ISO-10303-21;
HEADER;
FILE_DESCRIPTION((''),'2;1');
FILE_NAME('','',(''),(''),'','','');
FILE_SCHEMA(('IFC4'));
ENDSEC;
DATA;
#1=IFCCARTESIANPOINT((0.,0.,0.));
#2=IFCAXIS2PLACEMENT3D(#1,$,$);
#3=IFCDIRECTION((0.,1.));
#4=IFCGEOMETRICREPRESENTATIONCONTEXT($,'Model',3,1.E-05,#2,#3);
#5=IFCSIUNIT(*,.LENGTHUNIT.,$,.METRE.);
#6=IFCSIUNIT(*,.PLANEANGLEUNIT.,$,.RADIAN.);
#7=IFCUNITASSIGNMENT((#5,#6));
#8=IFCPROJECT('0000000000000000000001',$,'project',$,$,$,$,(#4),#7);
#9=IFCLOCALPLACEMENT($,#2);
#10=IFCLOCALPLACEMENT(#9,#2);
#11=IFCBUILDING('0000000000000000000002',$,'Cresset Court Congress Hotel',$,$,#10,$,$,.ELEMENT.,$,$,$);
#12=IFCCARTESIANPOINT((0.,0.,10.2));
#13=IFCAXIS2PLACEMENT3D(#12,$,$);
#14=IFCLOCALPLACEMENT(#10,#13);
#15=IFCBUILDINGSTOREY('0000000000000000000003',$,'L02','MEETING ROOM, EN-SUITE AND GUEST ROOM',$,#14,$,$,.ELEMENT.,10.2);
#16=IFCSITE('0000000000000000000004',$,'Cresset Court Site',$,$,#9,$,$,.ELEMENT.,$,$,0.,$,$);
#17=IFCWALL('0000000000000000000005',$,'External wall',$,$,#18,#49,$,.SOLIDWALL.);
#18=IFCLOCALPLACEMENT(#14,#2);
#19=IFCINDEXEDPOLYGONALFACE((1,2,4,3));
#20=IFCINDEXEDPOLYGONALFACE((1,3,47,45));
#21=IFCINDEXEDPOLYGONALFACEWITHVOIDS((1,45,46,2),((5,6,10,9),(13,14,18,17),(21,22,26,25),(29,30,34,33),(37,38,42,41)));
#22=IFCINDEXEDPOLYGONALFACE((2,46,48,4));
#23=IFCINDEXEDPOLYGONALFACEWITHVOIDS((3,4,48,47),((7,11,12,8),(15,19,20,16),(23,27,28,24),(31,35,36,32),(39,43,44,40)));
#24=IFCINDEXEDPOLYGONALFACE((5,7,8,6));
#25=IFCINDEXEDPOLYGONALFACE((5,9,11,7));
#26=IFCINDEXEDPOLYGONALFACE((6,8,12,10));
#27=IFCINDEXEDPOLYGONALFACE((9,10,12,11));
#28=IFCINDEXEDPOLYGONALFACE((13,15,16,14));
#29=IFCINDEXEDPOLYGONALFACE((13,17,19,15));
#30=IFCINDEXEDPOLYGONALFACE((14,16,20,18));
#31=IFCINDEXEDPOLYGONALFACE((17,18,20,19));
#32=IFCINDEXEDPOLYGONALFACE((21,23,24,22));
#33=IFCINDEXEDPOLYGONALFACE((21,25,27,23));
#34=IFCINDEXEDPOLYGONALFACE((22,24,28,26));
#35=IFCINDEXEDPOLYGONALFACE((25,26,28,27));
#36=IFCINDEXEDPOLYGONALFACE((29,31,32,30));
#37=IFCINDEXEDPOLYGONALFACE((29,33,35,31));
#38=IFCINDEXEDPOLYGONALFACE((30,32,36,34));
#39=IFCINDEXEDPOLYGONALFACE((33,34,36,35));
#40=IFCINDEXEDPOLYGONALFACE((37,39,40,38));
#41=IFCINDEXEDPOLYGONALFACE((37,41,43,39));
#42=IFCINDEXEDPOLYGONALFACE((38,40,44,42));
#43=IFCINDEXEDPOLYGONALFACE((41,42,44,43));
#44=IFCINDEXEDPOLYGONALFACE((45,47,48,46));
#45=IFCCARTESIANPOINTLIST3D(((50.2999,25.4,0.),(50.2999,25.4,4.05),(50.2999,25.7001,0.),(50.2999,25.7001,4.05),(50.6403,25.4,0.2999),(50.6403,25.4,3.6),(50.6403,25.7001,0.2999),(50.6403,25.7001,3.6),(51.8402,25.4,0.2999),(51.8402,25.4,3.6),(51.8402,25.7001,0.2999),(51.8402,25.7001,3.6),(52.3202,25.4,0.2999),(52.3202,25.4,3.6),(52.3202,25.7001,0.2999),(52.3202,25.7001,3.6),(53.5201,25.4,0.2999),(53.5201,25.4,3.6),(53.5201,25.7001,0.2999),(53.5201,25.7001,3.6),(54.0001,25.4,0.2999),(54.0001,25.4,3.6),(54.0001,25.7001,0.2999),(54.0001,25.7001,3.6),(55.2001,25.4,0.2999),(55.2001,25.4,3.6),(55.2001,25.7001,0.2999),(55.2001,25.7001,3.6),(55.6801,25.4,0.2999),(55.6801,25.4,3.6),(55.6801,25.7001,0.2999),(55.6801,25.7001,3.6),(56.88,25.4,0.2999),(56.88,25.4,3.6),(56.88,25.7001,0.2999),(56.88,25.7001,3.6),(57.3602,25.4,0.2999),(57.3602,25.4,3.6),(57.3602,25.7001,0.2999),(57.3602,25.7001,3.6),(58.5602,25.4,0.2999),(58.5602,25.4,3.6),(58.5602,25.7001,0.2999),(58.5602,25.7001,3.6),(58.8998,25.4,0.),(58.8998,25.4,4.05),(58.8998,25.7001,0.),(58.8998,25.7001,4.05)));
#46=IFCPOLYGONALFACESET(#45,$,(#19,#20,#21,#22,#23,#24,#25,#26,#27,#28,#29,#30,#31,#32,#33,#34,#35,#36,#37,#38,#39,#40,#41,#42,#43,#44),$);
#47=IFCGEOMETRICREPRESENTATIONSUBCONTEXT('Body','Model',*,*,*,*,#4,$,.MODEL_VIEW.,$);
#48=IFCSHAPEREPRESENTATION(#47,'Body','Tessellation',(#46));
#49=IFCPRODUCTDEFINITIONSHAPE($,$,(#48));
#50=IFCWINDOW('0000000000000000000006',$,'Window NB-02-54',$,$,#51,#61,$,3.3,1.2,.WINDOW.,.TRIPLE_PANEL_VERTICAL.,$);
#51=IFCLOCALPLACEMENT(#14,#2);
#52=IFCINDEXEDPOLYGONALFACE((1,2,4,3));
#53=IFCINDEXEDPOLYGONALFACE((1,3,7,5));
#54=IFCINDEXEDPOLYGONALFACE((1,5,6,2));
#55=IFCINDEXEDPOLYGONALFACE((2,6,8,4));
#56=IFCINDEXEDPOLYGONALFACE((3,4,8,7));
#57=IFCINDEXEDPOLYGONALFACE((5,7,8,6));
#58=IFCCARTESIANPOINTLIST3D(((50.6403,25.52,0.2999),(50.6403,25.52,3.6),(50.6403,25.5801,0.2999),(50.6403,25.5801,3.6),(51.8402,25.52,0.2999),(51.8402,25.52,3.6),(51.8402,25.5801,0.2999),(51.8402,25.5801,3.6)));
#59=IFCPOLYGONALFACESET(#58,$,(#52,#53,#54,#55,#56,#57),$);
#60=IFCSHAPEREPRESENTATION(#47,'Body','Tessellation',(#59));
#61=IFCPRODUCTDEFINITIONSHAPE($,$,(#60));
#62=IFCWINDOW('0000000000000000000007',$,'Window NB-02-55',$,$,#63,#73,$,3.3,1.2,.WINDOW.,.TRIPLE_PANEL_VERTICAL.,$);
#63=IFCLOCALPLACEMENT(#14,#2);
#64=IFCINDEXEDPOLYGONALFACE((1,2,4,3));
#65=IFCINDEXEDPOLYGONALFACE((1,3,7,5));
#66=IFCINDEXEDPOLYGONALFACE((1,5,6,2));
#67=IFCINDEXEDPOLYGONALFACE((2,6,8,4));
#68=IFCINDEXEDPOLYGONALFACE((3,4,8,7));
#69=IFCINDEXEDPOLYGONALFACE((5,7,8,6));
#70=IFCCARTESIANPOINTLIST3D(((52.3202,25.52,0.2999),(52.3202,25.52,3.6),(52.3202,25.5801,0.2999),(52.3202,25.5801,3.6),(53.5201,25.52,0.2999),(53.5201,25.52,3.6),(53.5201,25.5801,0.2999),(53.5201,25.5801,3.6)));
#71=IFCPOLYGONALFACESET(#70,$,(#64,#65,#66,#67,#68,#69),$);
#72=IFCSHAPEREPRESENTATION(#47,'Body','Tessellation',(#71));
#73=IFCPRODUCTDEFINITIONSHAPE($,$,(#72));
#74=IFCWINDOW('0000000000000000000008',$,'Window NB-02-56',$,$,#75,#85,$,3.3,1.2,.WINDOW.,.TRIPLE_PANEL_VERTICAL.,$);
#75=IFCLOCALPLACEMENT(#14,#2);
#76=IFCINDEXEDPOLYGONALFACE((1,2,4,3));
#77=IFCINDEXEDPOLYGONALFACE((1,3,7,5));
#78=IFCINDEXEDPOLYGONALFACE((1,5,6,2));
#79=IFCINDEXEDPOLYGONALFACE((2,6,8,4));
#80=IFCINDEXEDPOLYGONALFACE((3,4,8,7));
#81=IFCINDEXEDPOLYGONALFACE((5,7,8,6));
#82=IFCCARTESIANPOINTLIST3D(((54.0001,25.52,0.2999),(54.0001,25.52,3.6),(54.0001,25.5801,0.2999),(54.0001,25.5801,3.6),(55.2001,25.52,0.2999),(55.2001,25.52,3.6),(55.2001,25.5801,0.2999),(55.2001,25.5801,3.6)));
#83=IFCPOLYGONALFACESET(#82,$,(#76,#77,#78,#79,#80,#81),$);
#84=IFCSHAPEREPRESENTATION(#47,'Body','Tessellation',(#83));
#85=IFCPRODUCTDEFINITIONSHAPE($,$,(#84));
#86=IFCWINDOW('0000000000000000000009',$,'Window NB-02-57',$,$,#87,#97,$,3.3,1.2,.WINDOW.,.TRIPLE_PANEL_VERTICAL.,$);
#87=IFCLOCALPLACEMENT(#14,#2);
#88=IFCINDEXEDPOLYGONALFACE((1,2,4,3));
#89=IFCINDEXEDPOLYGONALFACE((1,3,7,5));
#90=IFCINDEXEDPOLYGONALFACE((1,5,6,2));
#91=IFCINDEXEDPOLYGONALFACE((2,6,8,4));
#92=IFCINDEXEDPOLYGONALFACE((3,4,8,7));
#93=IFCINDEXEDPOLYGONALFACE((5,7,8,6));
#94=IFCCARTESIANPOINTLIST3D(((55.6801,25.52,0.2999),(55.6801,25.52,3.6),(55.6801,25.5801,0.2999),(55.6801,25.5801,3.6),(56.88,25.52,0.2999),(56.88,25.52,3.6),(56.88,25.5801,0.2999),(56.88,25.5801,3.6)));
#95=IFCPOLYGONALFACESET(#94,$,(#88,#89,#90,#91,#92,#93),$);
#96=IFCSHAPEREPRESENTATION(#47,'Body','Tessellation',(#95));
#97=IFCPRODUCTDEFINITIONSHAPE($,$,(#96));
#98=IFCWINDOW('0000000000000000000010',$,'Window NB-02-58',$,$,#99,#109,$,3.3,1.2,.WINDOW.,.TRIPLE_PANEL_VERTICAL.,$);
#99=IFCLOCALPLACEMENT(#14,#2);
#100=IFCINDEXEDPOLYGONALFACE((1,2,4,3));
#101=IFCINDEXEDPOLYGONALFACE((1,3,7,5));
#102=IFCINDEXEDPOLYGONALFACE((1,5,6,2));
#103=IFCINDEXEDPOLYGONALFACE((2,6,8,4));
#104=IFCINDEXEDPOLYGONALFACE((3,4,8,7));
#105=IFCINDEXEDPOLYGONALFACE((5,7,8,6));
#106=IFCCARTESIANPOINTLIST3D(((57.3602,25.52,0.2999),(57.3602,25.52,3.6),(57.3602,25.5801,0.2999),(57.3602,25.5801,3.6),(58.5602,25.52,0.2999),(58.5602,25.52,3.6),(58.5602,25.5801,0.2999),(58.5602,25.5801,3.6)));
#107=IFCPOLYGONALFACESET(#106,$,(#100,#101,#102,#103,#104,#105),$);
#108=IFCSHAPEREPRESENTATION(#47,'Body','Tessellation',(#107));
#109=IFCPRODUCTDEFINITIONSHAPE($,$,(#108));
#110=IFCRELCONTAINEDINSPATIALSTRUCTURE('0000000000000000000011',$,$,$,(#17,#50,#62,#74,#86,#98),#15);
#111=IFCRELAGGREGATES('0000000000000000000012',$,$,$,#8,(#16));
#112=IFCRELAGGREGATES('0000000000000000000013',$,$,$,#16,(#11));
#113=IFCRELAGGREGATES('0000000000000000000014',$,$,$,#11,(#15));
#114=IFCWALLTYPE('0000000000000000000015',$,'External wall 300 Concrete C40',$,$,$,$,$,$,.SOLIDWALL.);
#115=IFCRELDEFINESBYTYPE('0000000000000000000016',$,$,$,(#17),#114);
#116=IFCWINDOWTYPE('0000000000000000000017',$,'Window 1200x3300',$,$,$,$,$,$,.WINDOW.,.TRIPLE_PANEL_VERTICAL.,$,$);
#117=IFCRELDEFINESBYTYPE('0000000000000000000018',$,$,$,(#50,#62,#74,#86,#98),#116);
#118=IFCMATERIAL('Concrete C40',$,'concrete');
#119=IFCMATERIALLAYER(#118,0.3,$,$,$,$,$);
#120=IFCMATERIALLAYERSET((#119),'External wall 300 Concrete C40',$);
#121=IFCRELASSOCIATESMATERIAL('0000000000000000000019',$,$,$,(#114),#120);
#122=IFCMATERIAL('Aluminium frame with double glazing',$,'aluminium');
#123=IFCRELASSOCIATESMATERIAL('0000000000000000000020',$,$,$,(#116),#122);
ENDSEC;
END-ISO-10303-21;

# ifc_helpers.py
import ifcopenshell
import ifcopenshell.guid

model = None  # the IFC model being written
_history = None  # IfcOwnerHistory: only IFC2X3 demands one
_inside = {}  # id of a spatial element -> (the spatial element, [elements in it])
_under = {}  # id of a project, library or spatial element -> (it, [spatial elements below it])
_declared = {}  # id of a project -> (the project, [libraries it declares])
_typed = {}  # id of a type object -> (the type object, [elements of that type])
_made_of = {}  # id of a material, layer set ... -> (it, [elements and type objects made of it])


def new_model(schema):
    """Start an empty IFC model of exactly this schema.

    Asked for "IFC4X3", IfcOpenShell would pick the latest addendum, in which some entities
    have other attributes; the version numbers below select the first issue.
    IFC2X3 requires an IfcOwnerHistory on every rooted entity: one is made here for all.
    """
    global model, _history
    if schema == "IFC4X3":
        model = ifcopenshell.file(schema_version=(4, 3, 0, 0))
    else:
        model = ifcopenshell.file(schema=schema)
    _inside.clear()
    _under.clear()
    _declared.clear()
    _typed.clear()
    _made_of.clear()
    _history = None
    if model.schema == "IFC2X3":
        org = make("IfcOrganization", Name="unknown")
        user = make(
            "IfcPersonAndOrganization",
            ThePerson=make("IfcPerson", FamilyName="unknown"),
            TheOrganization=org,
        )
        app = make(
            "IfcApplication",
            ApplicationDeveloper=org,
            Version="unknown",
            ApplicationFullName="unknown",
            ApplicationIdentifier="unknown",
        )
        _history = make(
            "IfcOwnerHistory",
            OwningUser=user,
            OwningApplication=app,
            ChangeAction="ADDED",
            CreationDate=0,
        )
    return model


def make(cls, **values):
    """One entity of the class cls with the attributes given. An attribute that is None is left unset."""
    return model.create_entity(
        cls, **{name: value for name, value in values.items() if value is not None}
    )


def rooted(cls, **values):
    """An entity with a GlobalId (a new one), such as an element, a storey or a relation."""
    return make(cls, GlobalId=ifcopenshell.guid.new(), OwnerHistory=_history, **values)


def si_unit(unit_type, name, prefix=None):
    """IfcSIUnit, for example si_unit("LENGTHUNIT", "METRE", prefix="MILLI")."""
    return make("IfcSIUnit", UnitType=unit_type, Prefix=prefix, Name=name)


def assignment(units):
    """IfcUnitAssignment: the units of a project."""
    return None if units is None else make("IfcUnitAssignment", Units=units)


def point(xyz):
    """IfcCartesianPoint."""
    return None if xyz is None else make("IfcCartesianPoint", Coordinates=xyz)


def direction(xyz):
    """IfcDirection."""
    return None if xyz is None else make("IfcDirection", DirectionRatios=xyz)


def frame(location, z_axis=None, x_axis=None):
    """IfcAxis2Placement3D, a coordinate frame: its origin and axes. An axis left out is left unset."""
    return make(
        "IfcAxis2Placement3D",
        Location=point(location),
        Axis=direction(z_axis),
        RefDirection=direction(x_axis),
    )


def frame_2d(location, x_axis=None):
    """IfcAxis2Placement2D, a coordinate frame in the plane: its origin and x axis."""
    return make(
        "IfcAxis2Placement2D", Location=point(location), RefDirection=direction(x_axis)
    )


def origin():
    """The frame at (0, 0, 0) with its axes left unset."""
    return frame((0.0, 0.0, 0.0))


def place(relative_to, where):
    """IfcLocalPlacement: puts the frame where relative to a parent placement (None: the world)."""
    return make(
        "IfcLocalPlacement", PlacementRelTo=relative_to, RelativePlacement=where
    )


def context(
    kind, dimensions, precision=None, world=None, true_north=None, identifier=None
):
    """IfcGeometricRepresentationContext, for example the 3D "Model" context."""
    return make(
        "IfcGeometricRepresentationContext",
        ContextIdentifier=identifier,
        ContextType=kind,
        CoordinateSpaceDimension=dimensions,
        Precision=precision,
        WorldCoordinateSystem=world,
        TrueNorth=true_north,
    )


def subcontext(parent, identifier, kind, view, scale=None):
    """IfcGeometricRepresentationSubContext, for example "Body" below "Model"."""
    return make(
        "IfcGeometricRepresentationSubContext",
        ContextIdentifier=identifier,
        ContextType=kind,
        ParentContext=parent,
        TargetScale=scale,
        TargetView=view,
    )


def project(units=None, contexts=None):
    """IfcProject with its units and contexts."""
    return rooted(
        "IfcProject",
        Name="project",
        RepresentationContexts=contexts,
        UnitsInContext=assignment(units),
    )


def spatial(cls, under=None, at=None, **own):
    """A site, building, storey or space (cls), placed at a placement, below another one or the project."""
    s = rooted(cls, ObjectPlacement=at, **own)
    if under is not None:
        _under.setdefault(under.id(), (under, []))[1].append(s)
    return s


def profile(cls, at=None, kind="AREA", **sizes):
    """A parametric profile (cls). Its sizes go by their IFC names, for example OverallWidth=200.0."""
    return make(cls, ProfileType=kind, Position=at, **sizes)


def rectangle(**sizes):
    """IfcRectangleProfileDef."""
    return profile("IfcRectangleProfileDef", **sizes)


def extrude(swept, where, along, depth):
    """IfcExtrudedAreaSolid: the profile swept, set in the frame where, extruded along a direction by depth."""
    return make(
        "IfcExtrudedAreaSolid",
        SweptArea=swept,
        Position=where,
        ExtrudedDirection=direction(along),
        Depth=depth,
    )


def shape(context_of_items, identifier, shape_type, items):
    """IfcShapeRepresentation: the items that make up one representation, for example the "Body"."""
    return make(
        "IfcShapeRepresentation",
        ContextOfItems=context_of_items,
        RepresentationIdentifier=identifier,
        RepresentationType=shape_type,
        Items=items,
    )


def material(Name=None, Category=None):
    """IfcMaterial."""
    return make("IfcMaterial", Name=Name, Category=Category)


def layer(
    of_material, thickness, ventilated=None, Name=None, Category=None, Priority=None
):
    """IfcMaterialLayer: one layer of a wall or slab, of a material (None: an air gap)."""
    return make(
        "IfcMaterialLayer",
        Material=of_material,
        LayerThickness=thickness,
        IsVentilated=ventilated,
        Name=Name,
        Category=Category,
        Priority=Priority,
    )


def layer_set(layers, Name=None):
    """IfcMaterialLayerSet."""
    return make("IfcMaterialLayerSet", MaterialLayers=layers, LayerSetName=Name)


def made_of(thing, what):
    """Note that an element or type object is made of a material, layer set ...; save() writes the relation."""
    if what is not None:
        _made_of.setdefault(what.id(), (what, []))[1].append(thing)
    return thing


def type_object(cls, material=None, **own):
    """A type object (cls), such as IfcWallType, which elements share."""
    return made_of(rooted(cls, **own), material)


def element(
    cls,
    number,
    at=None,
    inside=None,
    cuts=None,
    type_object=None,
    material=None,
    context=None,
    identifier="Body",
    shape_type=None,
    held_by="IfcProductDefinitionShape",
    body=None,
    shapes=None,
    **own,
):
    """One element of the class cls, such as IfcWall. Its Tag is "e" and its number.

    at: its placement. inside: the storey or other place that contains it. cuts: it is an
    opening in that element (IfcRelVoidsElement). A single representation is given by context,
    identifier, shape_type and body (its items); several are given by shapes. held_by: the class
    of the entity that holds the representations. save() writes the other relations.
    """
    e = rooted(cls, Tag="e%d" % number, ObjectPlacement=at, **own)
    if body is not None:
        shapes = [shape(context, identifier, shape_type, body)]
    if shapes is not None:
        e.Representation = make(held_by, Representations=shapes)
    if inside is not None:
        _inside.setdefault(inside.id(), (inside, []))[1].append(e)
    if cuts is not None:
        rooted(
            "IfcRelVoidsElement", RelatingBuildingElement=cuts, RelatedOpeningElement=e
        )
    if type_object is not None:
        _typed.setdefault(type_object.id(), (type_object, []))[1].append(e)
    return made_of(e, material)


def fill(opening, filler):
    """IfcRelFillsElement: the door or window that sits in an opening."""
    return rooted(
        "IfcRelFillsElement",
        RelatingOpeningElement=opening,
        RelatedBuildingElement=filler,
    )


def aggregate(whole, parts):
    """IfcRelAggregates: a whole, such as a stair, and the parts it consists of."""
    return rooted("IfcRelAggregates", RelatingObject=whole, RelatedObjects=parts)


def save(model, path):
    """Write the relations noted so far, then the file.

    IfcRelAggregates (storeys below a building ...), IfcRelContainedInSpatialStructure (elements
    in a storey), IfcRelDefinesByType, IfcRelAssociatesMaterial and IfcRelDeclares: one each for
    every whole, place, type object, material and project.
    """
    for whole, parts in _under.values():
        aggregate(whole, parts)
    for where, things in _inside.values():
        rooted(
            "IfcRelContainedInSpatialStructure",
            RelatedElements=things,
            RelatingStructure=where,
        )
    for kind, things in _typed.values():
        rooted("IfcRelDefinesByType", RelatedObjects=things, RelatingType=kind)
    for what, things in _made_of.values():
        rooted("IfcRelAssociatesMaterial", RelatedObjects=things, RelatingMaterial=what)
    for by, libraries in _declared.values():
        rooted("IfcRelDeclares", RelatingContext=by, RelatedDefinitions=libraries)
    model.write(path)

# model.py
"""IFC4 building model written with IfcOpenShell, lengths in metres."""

from ifc_helpers import new_model, si_unit, direction, frame, frame_2d, origin, place, context, subcontext, project, spatial, rectangle, extrude, material, layer, layer_set, type_object, element, fill, save


model = new_model("IFC4")

# Units and contexts
model_context = context("Model", 3, precision=1e-05, world=origin(), true_north=direction((0.0, 1.0)))
body_context = subcontext(model_context, "Body", "Model", "MODEL_VIEW")
ifc_project = project(units=[si_unit("LENGTHUNIT", "METRE"), si_unit("PLANEANGLEUNIT", "RADIAN")], contexts=[model_context])

# Site, building, storey
site_placement = place(None, origin())
site = spatial("IfcSite", under=ifc_project, at=site_placement, Name="Cresset Court Site", CompositionType="ELEMENT", RefElevation=0.0)
building_placement = place(site_placement, origin())
building = spatial("IfcBuilding", under=site, at=building_placement, Name="Cresset Court Congress Hotel", CompositionType="ELEMENT")
storey_placement = place(building_placement, frame((0.0, 0.0, 10.2)))
storey = spatial("IfcBuildingStorey", under=building, at=storey_placement, Name="L02", Description="MEETING ROOM, EN-SUITE AND GUEST ROOM", CompositionType="ELEMENT", Elevation=10.2)

# Wall, openings, windows
ifc_material_1 = material(Name="Concrete C40", Category="concrete")
ifc_layer_1 = layer(ifc_material_1, 0.3)
ifc_layer_set_1 = layer_set([ifc_layer_1], Name="External wall 300 Concrete C40")
wall_type_1 = type_object("IfcWallType", Name="External wall 300 Concrete C40", PredefinedType="SOLIDWALL", material=ifc_layer_set_1)
wall_placement = place(storey_placement, frame((50.3, 25.55, 0.0), z_axis=(0.0, 0.0, 1.0), x_axis=(1.0, 0.0, 0.0)))
wall = element("IfcWall", 1, at=wall_placement, inside=storey, type_object=wall_type_1, Name="External wall", PredefinedType="SOLIDWALL", context=body_context, shape_type="SweptSolid", body=[
    extrude(rectangle(XDim=8.5999, YDim=0.3, at=frame_2d((4.2998, 0.0))), origin(), (0.0, 0.0, 1.0), 4.05),
])
opening_1_placement = place(wall_placement, frame((0.3401, 0.0, 0.3)))
opening_1 = element("IfcOpeningElement", 2, at=opening_1_placement, cuts=wall, PredefinedType="OPENING", context=body_context, shape_type="SweptSolid", body=[
    extrude(rectangle(XDim=1.2, YDim=3.3, at=frame_2d((0.6001, 1.6499))), frame((0.0, 0.1599, 0.0), z_axis=(0.0, -1.0, 0.0), x_axis=(1.0, 0.0, 0.0)), (0.0, 0.0, 1.0), 0.3201),
])
opening_2_placement = place(wall_placement, frame((2.02, 0.0, 0.3)))
opening_2 = element("IfcOpeningElement", 3, at=opening_2_placement, cuts=wall, PredefinedType="OPENING", context=body_context, shape_type="SweptSolid", body=[
    extrude(rectangle(XDim=1.2, YDim=3.3, at=frame_2d((0.6001, 1.6499))), frame((0.0, 0.1599, 0.0), z_axis=(0.0, -1.0, 0.0), x_axis=(1.0, 0.0, 0.0)), (0.0, 0.0, 1.0), 0.3201),
])
opening_3_placement = place(wall_placement, frame((3.7, 0.0, 0.3)))
opening_3 = element("IfcOpeningElement", 4, at=opening_3_placement, cuts=wall, PredefinedType="OPENING", context=body_context, shape_type="SweptSolid", body=[
    extrude(rectangle(XDim=1.2, YDim=3.3, at=frame_2d((0.6001, 1.6499))), frame((0.0, 0.1599, 0.0), z_axis=(0.0, -1.0, 0.0), x_axis=(1.0, 0.0, 0.0)), (0.0, 0.0, 1.0), 0.3201),
])
opening_4_placement = place(wall_placement, frame((5.3799, 0.0, 0.3)))
opening_4 = element("IfcOpeningElement", 5, at=opening_4_placement, cuts=wall, PredefinedType="OPENING", context=body_context, shape_type="SweptSolid", body=[
    extrude(rectangle(XDim=1.2, YDim=3.3, at=frame_2d((0.6001, 1.6499))), frame((0.0, 0.1599, 0.0), z_axis=(0.0, -1.0, 0.0), x_axis=(1.0, 0.0, 0.0)), (0.0, 0.0, 1.0), 0.3201),
])
opening_5_placement = place(wall_placement, frame((7.0601, 0.0, 0.3)))
opening_5 = element("IfcOpeningElement", 6, at=opening_5_placement, cuts=wall, PredefinedType="OPENING", context=body_context, shape_type="SweptSolid", body=[
    extrude(rectangle(XDim=1.2, YDim=3.3, at=frame_2d((0.6001, 1.6499))), frame((0.0, 0.1599, 0.0), z_axis=(0.0, -1.0, 0.0), x_axis=(1.0, 0.0, 0.0)), (0.0, 0.0, 1.0), 0.3201),
])
ifc_material_2 = material(Name="Aluminium frame with double glazing", Category="aluminium")
window_type = type_object("IfcWindowType", Name="Window 1200x3300", PartitioningType="TRIPLE_PANEL_VERTICAL", PredefinedType="WINDOW", material=ifc_material_2)
window_1_placement = place(opening_1_placement, origin())
window_1 = element("IfcWindow", 7, at=window_1_placement, inside=storey, type_object=window_type, Name="Window NB-02-54", OverallHeight=3.3, OverallWidth=1.2, PartitioningType="TRIPLE_PANEL_VERTICAL", PredefinedType="WINDOW", context=body_context, shape_type="SweptSolid", body=[
    extrude(rectangle(XDim=1.2, YDim=3.3, at=frame_2d((0.6001, 1.6499))), frame((0.0, 0.03, 0.0), z_axis=(0.0, -1.0, 0.0), x_axis=(1.0, 0.0, 0.0)), (0.0, 0.0, 1.0), 0.0601),
])
fill(opening_1, window_1)
window_2_placement = place(opening_2_placement, origin())
window_2 = element("IfcWindow", 8, at=window_2_placement, inside=storey, type_object=window_type, Name="Window NB-02-55", OverallHeight=3.3, OverallWidth=1.2, PartitioningType="TRIPLE_PANEL_VERTICAL", PredefinedType="WINDOW", context=body_context, shape_type="SweptSolid", body=[
    extrude(rectangle(XDim=1.2, YDim=3.3, at=frame_2d((0.6001, 1.6499))), frame((0.0, 0.03, 0.0), z_axis=(0.0, -1.0, 0.0), x_axis=(1.0, 0.0, 0.0)), (0.0, 0.0, 1.0), 0.0601),
])
fill(opening_2, window_2)
window_3_placement = place(opening_3_placement, origin())
window_3 = element("IfcWindow", 9, at=window_3_placement, inside=storey, type_object=window_type, Name="Window NB-02-56", OverallHeight=3.3, OverallWidth=1.2, PartitioningType="TRIPLE_PANEL_VERTICAL", PredefinedType="WINDOW", context=body_context, shape_type="SweptSolid", body=[
    extrude(rectangle(XDim=1.2, YDim=3.3, at=frame_2d((0.6001, 1.6499))), frame((0.0, 0.03, 0.0), z_axis=(0.0, -1.0, 0.0), x_axis=(1.0, 0.0, 0.0)), (0.0, 0.0, 1.0), 0.0601),
])
fill(opening_3, window_3)
window_4_placement = place(opening_4_placement, origin())
window_4 = element("IfcWindow", 10, at=window_4_placement, inside=storey, type_object=window_type, Name="Window NB-02-57", OverallHeight=3.3, OverallWidth=1.2, PartitioningType="TRIPLE_PANEL_VERTICAL", PredefinedType="WINDOW", context=body_context, shape_type="SweptSolid", body=[
    extrude(rectangle(XDim=1.2, YDim=3.3, at=frame_2d((0.6001, 1.6499))), frame((0.0, 0.03, 0.0), z_axis=(0.0, -1.0, 0.0), x_axis=(1.0, 0.0, 0.0)), (0.0, 0.0, 1.0), 0.0601),
])
fill(opening_4, window_4)
window_5_placement = place(opening_5_placement, origin())
window_5 = element("IfcWindow", 11, at=window_5_placement, inside=storey, type_object=window_type, Name="Window NB-02-58", OverallHeight=3.3, OverallWidth=1.2, PartitioningType="TRIPLE_PANEL_VERTICAL", PredefinedType="WINDOW", context=body_context, shape_type="SweptSolid", body=[
    extrude(rectangle(XDim=1.2, YDim=3.3, at=frame_2d((0.6001, 1.6499))), frame((0.0, 0.03, 0.0), z_axis=(0.0, -1.0, 0.0), x_axis=(1.0, 0.0, 0.0)), (0.0, 0.0, 1.0), 0.0601),
])
fill(opening_5, window_5)

save(model, "model.ifc")
